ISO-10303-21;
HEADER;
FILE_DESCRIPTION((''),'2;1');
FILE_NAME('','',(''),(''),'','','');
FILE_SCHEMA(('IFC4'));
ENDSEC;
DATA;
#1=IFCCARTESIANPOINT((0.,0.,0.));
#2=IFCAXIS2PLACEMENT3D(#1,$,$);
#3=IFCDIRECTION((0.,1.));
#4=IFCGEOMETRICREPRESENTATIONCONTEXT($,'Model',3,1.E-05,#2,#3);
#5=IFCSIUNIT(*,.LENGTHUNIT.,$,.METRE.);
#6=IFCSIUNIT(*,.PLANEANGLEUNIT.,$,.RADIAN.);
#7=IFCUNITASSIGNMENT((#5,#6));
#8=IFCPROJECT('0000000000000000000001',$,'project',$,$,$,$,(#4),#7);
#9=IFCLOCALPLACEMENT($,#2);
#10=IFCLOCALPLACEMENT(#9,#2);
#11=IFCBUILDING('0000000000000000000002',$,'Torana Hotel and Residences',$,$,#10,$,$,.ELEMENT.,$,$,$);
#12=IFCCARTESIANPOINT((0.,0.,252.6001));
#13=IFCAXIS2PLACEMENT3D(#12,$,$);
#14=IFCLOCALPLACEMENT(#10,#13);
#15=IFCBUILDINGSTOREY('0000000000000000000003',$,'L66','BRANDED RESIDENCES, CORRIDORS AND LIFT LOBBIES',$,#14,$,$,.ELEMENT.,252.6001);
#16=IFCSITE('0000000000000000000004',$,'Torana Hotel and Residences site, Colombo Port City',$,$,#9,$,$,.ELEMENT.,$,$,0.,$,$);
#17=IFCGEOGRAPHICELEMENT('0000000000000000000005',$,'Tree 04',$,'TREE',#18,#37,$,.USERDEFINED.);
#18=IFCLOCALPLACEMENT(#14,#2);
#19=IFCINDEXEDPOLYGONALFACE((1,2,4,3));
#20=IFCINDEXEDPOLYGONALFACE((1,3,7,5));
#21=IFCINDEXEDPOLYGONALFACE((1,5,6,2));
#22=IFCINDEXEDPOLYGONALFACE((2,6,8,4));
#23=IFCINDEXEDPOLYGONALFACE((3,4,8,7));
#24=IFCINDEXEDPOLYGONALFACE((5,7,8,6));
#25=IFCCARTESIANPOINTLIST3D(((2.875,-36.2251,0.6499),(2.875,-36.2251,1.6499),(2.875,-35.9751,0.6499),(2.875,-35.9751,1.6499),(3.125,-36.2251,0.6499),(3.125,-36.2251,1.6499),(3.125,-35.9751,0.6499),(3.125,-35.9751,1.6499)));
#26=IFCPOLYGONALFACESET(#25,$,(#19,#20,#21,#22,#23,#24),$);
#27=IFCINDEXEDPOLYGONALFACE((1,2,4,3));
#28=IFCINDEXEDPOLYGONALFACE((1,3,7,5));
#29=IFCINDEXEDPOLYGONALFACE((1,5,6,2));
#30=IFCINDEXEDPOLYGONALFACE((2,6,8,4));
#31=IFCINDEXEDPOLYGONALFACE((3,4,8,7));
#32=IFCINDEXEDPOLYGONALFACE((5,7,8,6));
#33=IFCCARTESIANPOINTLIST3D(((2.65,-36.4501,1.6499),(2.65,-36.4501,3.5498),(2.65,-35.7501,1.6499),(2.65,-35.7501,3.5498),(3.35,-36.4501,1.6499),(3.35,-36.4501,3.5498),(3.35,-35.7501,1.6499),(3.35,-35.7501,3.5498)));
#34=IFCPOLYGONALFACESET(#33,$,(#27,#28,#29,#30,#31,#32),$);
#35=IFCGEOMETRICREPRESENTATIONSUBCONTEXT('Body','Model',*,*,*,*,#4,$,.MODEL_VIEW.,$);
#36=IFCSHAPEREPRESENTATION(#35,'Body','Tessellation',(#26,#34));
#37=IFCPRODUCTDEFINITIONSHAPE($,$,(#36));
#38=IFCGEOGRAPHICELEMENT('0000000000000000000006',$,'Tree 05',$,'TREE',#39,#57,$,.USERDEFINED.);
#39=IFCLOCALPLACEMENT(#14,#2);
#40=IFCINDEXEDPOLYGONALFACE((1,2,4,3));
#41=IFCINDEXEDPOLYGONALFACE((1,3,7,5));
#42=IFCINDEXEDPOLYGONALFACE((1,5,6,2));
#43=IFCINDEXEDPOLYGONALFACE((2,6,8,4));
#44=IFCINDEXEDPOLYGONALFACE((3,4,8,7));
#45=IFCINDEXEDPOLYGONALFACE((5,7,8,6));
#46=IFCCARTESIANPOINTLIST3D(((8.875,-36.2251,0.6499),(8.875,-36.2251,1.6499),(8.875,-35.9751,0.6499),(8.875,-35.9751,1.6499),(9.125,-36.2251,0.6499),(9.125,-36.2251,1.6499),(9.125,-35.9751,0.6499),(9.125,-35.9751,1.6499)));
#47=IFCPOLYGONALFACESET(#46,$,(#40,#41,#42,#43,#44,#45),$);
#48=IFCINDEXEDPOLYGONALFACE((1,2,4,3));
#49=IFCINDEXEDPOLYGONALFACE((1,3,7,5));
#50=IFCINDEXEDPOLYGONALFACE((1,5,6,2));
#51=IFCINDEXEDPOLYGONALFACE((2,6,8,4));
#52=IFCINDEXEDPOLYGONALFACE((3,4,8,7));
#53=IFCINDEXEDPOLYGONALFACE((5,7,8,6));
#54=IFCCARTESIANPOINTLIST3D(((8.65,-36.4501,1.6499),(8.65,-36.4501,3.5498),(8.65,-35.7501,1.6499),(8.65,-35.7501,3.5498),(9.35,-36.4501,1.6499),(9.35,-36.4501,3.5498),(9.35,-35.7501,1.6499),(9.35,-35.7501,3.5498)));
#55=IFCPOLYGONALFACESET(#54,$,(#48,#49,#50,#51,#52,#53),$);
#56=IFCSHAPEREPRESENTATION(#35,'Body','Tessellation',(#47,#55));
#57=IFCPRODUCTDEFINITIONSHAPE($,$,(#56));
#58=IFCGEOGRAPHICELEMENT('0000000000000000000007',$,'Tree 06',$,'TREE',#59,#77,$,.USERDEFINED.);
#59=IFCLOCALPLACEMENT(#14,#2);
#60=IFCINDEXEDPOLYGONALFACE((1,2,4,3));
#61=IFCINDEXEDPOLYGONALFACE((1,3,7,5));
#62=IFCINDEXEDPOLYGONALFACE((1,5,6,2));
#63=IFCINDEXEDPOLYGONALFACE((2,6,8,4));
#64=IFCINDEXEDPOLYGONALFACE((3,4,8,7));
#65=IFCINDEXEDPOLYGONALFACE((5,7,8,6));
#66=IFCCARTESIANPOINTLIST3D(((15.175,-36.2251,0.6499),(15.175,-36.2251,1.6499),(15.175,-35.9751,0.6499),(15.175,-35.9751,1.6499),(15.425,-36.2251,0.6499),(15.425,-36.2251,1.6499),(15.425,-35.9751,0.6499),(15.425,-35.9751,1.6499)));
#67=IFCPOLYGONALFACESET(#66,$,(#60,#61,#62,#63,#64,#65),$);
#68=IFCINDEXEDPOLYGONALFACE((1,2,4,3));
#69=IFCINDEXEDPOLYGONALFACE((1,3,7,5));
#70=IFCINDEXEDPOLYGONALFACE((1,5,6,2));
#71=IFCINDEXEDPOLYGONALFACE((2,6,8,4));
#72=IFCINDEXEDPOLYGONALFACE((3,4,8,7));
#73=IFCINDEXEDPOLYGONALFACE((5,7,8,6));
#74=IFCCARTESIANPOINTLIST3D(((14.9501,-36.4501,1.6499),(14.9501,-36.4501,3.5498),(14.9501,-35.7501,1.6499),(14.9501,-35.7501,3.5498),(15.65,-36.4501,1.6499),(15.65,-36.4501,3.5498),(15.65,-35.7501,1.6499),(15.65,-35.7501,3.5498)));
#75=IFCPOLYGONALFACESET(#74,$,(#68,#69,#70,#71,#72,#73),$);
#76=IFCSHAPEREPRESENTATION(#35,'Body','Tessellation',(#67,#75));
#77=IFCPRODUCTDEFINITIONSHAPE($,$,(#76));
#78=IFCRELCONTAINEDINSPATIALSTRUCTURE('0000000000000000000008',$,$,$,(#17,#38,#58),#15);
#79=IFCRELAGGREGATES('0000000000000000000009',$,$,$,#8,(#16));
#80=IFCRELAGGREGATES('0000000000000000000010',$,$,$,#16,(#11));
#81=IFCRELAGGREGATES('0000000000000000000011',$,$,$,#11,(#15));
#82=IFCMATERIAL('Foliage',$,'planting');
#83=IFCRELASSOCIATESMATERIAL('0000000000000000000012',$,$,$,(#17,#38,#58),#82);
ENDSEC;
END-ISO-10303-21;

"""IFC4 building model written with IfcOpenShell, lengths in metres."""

from ifc_helpers import new_model, si_unit, direction, frame, origin, origin_2d, place, context, subcontext, project, spatial, rectangle, extrude, material, element, save


model = new_model("IFC4")

# Units and contexts
model_context = context("Model", 3, precision=1e-05, world=origin(), true_north=direction((0.0, 1.0)))
body_context = subcontext(model_context, "Body", "Model", "MODEL_VIEW")
ifc_project = project(units=[si_unit("LENGTHUNIT", "METRE"), si_unit("PLANEANGLEUNIT", "RADIAN")], contexts=[model_context])

# Site, building, storey
site_placement = place(None, origin())
site = spatial("IfcSite", under=ifc_project, at=site_placement, Name="Torana Hotel and Residences site, Colombo Port City", CompositionType="ELEMENT", RefElevation=0.0)
building_placement = place(site_placement, origin())
building = spatial("IfcBuilding", under=site, at=building_placement, Name="Torana Hotel and Residences", CompositionType="ELEMENT")
storey_placement = place(building_placement, frame((0.0, 0.0, 252.6001)))
storey = spatial("IfcBuildingStorey", under=building, at=storey_placement, Name="L66", Description="BRANDED RESIDENCES, CORRIDORS AND LIFT LOBBIES", CompositionType="ELEMENT", Elevation=252.6001)

# Geographic elements
ifc_material_1 = material(Name="Foliage", Category="planting")
for number, where, z_axis, x_axis, name in (
    (1, (3.0, -36.1001, 0.6499), (0.0, 0.0, 1.0), (1.0, 0.0, 0.0), "Tree 04"),
    (2, (9.0, -36.1001, 0.6499), (0.0, 0.0, 1.0), (1.0, 0.0, 0.0), "Tree 05"),
    (3, (15.3, -36.1001, 0.6499), (0.0, 0.0, 1.0), (1.0, 0.0, 0.0), "Tree 06"),
):
    element("IfcGeographicElement", number, at=place(storey_placement, frame(where, z_axis=z_axis, x_axis=x_axis)), inside=storey, material=ifc_material_1, Name=name, ObjectType="TREE", PredefinedType="USERDEFINED", context=body_context, shape_type="SweptSolid", body=[
        extrude(rectangle(XDim=0.25, YDim=0.25, at=origin_2d()), origin(), (0.0, 0.0, 1.0), 1.0),
        extrude(rectangle(XDim=0.7, YDim=0.7, at=origin_2d()), frame((0.0, 0.0, 1.0)), (0.0, 0.0, 1.0), 1.8999),
    ])

save(model, "model.ifc")
